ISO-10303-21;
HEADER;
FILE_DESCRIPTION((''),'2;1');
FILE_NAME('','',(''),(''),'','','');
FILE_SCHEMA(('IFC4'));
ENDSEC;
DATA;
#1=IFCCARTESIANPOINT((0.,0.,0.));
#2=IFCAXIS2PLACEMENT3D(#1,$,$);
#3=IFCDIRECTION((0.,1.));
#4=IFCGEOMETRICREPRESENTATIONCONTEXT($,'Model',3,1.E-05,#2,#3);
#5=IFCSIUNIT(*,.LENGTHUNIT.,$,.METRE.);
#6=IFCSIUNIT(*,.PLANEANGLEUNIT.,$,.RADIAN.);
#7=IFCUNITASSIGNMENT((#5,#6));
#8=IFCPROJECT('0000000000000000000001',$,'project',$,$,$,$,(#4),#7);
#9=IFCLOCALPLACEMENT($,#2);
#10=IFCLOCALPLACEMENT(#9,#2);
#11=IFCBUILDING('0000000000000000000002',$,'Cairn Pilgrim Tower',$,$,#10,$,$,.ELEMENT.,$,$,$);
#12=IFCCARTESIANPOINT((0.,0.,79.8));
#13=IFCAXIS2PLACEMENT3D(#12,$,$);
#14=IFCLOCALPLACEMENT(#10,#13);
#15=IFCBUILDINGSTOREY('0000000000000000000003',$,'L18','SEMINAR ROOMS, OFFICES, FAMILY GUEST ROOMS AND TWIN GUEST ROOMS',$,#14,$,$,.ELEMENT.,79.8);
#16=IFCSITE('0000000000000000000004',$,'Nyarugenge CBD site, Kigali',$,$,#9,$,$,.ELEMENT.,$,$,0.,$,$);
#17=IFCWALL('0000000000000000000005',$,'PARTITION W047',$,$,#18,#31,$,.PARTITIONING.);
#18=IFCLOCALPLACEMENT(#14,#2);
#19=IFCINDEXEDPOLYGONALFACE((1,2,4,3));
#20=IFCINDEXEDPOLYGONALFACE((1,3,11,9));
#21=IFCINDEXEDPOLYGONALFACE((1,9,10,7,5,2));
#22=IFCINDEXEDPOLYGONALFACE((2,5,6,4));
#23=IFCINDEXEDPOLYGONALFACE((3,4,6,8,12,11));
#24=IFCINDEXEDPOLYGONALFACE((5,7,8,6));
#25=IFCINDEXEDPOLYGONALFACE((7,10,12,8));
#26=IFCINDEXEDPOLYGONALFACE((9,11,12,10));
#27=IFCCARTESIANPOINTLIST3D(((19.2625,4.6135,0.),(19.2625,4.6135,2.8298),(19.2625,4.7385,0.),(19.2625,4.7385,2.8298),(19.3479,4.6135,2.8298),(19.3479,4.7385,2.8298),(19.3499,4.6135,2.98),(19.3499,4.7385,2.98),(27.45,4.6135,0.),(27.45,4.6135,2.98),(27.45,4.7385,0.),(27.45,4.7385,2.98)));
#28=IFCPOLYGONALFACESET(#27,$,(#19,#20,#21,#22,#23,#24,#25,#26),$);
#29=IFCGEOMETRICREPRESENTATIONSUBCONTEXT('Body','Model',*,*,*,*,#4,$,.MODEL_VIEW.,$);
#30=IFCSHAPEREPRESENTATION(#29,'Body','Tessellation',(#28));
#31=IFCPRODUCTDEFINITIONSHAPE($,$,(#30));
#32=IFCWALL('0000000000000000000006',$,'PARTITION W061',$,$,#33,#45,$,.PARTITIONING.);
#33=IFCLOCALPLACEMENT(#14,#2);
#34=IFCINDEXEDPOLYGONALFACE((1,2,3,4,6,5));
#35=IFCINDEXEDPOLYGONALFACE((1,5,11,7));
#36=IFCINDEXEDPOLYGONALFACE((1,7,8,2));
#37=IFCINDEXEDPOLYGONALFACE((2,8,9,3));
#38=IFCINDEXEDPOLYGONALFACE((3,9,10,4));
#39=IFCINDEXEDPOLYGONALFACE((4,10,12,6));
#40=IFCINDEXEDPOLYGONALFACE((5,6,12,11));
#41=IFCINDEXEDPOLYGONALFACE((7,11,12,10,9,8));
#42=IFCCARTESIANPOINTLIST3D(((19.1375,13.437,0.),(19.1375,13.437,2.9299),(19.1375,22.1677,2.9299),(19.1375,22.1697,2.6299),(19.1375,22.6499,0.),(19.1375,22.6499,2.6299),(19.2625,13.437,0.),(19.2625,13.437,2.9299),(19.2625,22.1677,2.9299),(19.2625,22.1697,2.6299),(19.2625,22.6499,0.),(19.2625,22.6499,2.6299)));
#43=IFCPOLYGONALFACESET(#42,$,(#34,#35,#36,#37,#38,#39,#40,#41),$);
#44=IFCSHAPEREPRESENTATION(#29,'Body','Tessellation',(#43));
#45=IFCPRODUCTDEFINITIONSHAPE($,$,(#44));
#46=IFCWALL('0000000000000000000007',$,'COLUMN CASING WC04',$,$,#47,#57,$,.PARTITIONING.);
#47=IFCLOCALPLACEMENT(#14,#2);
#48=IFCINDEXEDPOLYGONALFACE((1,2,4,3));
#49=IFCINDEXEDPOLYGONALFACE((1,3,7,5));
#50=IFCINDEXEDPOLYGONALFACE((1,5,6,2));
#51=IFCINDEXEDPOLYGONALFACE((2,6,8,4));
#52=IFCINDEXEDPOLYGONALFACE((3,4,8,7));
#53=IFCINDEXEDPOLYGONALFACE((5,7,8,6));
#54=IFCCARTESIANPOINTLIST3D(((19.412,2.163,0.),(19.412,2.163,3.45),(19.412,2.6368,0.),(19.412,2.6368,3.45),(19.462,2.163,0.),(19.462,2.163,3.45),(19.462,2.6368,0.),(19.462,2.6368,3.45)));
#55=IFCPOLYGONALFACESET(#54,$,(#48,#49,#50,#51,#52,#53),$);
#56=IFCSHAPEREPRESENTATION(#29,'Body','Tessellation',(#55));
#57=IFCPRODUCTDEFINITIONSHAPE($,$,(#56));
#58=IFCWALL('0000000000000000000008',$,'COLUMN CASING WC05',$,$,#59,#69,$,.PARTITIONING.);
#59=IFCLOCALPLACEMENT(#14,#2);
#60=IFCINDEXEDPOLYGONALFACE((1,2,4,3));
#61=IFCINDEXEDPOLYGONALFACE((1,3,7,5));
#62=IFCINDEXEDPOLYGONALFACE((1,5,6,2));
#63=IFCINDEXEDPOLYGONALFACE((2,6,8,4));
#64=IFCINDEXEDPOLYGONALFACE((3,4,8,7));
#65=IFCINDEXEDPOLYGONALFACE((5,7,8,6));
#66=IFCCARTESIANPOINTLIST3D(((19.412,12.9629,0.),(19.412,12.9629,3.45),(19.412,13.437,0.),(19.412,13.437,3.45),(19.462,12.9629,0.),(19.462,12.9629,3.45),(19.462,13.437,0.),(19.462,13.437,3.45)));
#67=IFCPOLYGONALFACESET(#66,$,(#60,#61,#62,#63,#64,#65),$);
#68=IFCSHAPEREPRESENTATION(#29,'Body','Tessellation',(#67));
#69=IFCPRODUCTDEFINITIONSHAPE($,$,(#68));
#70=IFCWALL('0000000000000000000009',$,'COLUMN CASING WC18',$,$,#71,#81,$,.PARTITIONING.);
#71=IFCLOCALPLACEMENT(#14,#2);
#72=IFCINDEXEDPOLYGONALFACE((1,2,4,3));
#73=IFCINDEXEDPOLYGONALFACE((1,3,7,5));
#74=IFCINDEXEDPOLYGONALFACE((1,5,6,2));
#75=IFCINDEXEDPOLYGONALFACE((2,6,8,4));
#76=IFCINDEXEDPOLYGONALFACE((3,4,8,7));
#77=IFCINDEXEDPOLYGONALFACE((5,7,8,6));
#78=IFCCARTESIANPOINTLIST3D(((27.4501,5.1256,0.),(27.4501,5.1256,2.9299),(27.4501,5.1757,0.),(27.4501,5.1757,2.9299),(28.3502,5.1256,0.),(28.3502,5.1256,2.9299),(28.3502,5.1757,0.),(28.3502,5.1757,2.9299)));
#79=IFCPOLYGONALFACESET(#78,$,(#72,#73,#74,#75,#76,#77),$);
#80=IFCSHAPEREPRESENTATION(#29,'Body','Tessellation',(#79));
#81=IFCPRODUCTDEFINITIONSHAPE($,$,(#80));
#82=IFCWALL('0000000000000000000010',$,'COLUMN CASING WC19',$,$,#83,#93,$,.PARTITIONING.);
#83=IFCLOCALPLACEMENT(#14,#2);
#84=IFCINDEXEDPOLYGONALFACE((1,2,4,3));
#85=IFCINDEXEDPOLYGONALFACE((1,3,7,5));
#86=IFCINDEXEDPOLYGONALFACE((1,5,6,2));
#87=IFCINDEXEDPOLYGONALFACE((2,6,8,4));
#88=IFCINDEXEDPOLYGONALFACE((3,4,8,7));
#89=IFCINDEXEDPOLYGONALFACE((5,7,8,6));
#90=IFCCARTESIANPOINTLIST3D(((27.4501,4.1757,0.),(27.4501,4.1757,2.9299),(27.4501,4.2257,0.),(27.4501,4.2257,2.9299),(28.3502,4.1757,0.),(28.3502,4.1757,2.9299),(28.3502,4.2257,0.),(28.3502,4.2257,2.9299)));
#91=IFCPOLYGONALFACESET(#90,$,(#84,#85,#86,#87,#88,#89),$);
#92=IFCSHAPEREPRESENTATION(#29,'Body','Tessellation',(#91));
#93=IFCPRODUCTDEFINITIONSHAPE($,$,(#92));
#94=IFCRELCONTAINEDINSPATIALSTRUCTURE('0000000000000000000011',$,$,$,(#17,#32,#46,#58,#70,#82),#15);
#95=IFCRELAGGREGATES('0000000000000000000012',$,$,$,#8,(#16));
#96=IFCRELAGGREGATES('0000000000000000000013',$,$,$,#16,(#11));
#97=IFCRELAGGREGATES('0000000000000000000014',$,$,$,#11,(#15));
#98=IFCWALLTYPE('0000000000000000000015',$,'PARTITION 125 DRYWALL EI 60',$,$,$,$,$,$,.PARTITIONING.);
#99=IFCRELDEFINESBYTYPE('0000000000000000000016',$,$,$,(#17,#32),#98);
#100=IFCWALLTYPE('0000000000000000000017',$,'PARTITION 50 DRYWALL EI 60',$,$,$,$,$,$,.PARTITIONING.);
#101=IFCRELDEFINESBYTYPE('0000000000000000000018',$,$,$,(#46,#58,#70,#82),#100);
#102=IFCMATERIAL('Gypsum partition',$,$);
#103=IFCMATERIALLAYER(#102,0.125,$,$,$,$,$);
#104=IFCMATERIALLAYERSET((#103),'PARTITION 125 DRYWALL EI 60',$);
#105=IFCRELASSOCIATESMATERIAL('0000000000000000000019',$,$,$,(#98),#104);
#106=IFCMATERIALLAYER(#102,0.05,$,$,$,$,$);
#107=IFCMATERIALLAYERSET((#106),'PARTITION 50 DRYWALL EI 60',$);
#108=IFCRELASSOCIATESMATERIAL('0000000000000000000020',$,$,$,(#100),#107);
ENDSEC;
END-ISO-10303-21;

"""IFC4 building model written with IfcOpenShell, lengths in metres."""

from ifc_helpers import new_model, si_unit, direction, frame, frame_2d, origin, place, context, subcontext, project, spatial, polyline, rectangle, outline, extrude, material, layer, layer_set, type_object, element, save


model = new_model("IFC4")

# Units and contexts
model_context = context("Model", 3, precision=1e-05, world=origin(), true_north=direction((0.0, 1.0)))
body_context = subcontext(model_context, "Body", "Model", "MODEL_VIEW")
ifc_project = project(units=[si_unit("LENGTHUNIT", "METRE"), si_unit("PLANEANGLEUNIT", "RADIAN")], contexts=[model_context])

# Site, building, storey
site_placement = place(None, origin())
site = spatial("IfcSite", under=ifc_project, at=site_placement, Name="Nyarugenge CBD site, Kigali", CompositionType="ELEMENT", RefElevation=0.0)
building_placement = place(site_placement, origin())
building = spatial("IfcBuilding", under=site, at=building_placement, Name="Cairn Pilgrim Tower", CompositionType="ELEMENT")
storey_placement = place(building_placement, frame((0.0, 0.0, 79.8)))
storey = spatial("IfcBuildingStorey", under=building, at=storey_placement, Name="L18", Description="SEMINAR ROOMS, OFFICES, FAMILY GUEST ROOMS AND TWIN GUEST ROOMS", CompositionType="ELEMENT", Elevation=79.8)

# Shared definitions
ifc_material_1 = material(Name="Gypsum partition")
ifc_layer_1 = layer(ifc_material_1, 0.125)
ifc_layer_set_1 = layer_set([ifc_layer_1], Name="PARTITION 125 DRYWALL EI 60")
wall_type_1 = type_object("IfcWallType", Name="PARTITION 125 DRYWALL EI 60", PredefinedType="PARTITIONING", material=ifc_layer_set_1)

# Walls
wall_1_placement = place(storey_placement, frame((19.2625, 4.676, 0.0), z_axis=(0.0, 0.0, 1.0), x_axis=(1.0, 0.0, 0.0)))
element("IfcWall", 1, at=wall_1_placement, inside=storey, type_object=wall_type_1, Name="PARTITION W047", PredefinedType="PARTITIONING", context=body_context, shape_type="SweptSolid", body=[
    extrude(outline(polyline([(0.0, 0.0), (8.1875, 0.0), (8.1875, 2.98), (0.0874, 2.98), (0.0854, 2.8298), (0.0, 2.8298), (0.0, 0.0)])), frame((0.0, 0.0625, 0.0), z_axis=(0.0, -1.0, 0.0), x_axis=(1.0, 0.0, 0.0)), (0.0, 0.0, 1.0), 0.125),
])
wall_2_placement = place(storey_placement, frame((19.2, 13.437, 0.0), z_axis=(0.0, 0.0, 1.0), x_axis=(0.0, 1.0, 0.0)))
element("IfcWall", 2, at=wall_2_placement, inside=storey, type_object=wall_type_1, Name="PARTITION W061", PredefinedType="PARTITIONING", context=body_context, shape_type="SweptSolid", body=[
    extrude(outline(polyline([(0.0, 0.0), (9.2129, 0.0), (9.2129, 2.6299), (8.7327, 2.6299), (8.7307, 2.9299), (0.0, 2.9299), (0.0, 0.0)])), frame((0.0, 0.0625, 0.0), z_axis=(0.0, -1.0, 0.0), x_axis=(1.0, 0.0, 0.0)), (0.0, 0.0, 1.0), 0.125),
])
ifc_layer_2 = layer(ifc_material_1, 0.05)
ifc_layer_set_2 = layer_set([ifc_layer_2], Name="PARTITION 50 DRYWALL EI 60")
wall_type_2 = type_object("IfcWallType", Name="PARTITION 50 DRYWALL EI 60", PredefinedType="PARTITIONING", material=ifc_layer_set_2)
wall_3_placement = place(storey_placement, frame((19.437, 2.1631, 0.0), z_axis=(0.0, 0.0, 1.0), x_axis=(0.0, 1.0, 0.0)))
element("IfcWall", 3, at=wall_3_placement, inside=storey, type_object=wall_type_2, Name="COLUMN CASING WC04", PredefinedType="PARTITIONING", context=body_context, shape_type="SweptSolid", body=[
    extrude(rectangle(XDim=0.4739, YDim=0.05, at=frame_2d((0.2368, 0.0))), origin(), (0.0, 0.0, 1.0), 3.45),
])
wall_4_placement = place(storey_placement, frame((19.437, 12.9629, 0.0), z_axis=(0.0, 0.0, 1.0), x_axis=(0.0, 1.0, 0.0)))
element("IfcWall", 4, at=wall_4_placement, inside=storey, type_object=wall_type_2, Name="COLUMN CASING WC05", PredefinedType="PARTITIONING", context=body_context, shape_type="SweptSolid", body=[
    extrude(rectangle(XDim=0.4741, YDim=0.05, at=frame_2d((0.2371, 0.0))), origin(), (0.0, 0.0, 1.0), 3.45),
])
for number, where, z_axis, x_axis, name in (
    (5, (27.45, 5.1506, 0.0), (0.0, 0.0, 1.0), (1.0, 0.0, 0.0), "COLUMN CASING WC18"),
    (6, (27.45, 4.2007, 0.0), (0.0, 0.0, 1.0), (1.0, 0.0, 0.0), "COLUMN CASING WC19"),
):
    element("IfcWall", number, at=place(storey_placement, frame(where, z_axis=z_axis, x_axis=x_axis)), inside=storey, type_object=wall_type_2, Name=name, PredefinedType="PARTITIONING", context=body_context, shape_type="SweptSolid", body=[
        extrude(rectangle(XDim=0.9001, YDim=0.05, at=frame_2d((0.4502, 0.0))), origin(), (0.0, 0.0, 1.0), 2.9299),
    ])

save(model, "model.ifc")
